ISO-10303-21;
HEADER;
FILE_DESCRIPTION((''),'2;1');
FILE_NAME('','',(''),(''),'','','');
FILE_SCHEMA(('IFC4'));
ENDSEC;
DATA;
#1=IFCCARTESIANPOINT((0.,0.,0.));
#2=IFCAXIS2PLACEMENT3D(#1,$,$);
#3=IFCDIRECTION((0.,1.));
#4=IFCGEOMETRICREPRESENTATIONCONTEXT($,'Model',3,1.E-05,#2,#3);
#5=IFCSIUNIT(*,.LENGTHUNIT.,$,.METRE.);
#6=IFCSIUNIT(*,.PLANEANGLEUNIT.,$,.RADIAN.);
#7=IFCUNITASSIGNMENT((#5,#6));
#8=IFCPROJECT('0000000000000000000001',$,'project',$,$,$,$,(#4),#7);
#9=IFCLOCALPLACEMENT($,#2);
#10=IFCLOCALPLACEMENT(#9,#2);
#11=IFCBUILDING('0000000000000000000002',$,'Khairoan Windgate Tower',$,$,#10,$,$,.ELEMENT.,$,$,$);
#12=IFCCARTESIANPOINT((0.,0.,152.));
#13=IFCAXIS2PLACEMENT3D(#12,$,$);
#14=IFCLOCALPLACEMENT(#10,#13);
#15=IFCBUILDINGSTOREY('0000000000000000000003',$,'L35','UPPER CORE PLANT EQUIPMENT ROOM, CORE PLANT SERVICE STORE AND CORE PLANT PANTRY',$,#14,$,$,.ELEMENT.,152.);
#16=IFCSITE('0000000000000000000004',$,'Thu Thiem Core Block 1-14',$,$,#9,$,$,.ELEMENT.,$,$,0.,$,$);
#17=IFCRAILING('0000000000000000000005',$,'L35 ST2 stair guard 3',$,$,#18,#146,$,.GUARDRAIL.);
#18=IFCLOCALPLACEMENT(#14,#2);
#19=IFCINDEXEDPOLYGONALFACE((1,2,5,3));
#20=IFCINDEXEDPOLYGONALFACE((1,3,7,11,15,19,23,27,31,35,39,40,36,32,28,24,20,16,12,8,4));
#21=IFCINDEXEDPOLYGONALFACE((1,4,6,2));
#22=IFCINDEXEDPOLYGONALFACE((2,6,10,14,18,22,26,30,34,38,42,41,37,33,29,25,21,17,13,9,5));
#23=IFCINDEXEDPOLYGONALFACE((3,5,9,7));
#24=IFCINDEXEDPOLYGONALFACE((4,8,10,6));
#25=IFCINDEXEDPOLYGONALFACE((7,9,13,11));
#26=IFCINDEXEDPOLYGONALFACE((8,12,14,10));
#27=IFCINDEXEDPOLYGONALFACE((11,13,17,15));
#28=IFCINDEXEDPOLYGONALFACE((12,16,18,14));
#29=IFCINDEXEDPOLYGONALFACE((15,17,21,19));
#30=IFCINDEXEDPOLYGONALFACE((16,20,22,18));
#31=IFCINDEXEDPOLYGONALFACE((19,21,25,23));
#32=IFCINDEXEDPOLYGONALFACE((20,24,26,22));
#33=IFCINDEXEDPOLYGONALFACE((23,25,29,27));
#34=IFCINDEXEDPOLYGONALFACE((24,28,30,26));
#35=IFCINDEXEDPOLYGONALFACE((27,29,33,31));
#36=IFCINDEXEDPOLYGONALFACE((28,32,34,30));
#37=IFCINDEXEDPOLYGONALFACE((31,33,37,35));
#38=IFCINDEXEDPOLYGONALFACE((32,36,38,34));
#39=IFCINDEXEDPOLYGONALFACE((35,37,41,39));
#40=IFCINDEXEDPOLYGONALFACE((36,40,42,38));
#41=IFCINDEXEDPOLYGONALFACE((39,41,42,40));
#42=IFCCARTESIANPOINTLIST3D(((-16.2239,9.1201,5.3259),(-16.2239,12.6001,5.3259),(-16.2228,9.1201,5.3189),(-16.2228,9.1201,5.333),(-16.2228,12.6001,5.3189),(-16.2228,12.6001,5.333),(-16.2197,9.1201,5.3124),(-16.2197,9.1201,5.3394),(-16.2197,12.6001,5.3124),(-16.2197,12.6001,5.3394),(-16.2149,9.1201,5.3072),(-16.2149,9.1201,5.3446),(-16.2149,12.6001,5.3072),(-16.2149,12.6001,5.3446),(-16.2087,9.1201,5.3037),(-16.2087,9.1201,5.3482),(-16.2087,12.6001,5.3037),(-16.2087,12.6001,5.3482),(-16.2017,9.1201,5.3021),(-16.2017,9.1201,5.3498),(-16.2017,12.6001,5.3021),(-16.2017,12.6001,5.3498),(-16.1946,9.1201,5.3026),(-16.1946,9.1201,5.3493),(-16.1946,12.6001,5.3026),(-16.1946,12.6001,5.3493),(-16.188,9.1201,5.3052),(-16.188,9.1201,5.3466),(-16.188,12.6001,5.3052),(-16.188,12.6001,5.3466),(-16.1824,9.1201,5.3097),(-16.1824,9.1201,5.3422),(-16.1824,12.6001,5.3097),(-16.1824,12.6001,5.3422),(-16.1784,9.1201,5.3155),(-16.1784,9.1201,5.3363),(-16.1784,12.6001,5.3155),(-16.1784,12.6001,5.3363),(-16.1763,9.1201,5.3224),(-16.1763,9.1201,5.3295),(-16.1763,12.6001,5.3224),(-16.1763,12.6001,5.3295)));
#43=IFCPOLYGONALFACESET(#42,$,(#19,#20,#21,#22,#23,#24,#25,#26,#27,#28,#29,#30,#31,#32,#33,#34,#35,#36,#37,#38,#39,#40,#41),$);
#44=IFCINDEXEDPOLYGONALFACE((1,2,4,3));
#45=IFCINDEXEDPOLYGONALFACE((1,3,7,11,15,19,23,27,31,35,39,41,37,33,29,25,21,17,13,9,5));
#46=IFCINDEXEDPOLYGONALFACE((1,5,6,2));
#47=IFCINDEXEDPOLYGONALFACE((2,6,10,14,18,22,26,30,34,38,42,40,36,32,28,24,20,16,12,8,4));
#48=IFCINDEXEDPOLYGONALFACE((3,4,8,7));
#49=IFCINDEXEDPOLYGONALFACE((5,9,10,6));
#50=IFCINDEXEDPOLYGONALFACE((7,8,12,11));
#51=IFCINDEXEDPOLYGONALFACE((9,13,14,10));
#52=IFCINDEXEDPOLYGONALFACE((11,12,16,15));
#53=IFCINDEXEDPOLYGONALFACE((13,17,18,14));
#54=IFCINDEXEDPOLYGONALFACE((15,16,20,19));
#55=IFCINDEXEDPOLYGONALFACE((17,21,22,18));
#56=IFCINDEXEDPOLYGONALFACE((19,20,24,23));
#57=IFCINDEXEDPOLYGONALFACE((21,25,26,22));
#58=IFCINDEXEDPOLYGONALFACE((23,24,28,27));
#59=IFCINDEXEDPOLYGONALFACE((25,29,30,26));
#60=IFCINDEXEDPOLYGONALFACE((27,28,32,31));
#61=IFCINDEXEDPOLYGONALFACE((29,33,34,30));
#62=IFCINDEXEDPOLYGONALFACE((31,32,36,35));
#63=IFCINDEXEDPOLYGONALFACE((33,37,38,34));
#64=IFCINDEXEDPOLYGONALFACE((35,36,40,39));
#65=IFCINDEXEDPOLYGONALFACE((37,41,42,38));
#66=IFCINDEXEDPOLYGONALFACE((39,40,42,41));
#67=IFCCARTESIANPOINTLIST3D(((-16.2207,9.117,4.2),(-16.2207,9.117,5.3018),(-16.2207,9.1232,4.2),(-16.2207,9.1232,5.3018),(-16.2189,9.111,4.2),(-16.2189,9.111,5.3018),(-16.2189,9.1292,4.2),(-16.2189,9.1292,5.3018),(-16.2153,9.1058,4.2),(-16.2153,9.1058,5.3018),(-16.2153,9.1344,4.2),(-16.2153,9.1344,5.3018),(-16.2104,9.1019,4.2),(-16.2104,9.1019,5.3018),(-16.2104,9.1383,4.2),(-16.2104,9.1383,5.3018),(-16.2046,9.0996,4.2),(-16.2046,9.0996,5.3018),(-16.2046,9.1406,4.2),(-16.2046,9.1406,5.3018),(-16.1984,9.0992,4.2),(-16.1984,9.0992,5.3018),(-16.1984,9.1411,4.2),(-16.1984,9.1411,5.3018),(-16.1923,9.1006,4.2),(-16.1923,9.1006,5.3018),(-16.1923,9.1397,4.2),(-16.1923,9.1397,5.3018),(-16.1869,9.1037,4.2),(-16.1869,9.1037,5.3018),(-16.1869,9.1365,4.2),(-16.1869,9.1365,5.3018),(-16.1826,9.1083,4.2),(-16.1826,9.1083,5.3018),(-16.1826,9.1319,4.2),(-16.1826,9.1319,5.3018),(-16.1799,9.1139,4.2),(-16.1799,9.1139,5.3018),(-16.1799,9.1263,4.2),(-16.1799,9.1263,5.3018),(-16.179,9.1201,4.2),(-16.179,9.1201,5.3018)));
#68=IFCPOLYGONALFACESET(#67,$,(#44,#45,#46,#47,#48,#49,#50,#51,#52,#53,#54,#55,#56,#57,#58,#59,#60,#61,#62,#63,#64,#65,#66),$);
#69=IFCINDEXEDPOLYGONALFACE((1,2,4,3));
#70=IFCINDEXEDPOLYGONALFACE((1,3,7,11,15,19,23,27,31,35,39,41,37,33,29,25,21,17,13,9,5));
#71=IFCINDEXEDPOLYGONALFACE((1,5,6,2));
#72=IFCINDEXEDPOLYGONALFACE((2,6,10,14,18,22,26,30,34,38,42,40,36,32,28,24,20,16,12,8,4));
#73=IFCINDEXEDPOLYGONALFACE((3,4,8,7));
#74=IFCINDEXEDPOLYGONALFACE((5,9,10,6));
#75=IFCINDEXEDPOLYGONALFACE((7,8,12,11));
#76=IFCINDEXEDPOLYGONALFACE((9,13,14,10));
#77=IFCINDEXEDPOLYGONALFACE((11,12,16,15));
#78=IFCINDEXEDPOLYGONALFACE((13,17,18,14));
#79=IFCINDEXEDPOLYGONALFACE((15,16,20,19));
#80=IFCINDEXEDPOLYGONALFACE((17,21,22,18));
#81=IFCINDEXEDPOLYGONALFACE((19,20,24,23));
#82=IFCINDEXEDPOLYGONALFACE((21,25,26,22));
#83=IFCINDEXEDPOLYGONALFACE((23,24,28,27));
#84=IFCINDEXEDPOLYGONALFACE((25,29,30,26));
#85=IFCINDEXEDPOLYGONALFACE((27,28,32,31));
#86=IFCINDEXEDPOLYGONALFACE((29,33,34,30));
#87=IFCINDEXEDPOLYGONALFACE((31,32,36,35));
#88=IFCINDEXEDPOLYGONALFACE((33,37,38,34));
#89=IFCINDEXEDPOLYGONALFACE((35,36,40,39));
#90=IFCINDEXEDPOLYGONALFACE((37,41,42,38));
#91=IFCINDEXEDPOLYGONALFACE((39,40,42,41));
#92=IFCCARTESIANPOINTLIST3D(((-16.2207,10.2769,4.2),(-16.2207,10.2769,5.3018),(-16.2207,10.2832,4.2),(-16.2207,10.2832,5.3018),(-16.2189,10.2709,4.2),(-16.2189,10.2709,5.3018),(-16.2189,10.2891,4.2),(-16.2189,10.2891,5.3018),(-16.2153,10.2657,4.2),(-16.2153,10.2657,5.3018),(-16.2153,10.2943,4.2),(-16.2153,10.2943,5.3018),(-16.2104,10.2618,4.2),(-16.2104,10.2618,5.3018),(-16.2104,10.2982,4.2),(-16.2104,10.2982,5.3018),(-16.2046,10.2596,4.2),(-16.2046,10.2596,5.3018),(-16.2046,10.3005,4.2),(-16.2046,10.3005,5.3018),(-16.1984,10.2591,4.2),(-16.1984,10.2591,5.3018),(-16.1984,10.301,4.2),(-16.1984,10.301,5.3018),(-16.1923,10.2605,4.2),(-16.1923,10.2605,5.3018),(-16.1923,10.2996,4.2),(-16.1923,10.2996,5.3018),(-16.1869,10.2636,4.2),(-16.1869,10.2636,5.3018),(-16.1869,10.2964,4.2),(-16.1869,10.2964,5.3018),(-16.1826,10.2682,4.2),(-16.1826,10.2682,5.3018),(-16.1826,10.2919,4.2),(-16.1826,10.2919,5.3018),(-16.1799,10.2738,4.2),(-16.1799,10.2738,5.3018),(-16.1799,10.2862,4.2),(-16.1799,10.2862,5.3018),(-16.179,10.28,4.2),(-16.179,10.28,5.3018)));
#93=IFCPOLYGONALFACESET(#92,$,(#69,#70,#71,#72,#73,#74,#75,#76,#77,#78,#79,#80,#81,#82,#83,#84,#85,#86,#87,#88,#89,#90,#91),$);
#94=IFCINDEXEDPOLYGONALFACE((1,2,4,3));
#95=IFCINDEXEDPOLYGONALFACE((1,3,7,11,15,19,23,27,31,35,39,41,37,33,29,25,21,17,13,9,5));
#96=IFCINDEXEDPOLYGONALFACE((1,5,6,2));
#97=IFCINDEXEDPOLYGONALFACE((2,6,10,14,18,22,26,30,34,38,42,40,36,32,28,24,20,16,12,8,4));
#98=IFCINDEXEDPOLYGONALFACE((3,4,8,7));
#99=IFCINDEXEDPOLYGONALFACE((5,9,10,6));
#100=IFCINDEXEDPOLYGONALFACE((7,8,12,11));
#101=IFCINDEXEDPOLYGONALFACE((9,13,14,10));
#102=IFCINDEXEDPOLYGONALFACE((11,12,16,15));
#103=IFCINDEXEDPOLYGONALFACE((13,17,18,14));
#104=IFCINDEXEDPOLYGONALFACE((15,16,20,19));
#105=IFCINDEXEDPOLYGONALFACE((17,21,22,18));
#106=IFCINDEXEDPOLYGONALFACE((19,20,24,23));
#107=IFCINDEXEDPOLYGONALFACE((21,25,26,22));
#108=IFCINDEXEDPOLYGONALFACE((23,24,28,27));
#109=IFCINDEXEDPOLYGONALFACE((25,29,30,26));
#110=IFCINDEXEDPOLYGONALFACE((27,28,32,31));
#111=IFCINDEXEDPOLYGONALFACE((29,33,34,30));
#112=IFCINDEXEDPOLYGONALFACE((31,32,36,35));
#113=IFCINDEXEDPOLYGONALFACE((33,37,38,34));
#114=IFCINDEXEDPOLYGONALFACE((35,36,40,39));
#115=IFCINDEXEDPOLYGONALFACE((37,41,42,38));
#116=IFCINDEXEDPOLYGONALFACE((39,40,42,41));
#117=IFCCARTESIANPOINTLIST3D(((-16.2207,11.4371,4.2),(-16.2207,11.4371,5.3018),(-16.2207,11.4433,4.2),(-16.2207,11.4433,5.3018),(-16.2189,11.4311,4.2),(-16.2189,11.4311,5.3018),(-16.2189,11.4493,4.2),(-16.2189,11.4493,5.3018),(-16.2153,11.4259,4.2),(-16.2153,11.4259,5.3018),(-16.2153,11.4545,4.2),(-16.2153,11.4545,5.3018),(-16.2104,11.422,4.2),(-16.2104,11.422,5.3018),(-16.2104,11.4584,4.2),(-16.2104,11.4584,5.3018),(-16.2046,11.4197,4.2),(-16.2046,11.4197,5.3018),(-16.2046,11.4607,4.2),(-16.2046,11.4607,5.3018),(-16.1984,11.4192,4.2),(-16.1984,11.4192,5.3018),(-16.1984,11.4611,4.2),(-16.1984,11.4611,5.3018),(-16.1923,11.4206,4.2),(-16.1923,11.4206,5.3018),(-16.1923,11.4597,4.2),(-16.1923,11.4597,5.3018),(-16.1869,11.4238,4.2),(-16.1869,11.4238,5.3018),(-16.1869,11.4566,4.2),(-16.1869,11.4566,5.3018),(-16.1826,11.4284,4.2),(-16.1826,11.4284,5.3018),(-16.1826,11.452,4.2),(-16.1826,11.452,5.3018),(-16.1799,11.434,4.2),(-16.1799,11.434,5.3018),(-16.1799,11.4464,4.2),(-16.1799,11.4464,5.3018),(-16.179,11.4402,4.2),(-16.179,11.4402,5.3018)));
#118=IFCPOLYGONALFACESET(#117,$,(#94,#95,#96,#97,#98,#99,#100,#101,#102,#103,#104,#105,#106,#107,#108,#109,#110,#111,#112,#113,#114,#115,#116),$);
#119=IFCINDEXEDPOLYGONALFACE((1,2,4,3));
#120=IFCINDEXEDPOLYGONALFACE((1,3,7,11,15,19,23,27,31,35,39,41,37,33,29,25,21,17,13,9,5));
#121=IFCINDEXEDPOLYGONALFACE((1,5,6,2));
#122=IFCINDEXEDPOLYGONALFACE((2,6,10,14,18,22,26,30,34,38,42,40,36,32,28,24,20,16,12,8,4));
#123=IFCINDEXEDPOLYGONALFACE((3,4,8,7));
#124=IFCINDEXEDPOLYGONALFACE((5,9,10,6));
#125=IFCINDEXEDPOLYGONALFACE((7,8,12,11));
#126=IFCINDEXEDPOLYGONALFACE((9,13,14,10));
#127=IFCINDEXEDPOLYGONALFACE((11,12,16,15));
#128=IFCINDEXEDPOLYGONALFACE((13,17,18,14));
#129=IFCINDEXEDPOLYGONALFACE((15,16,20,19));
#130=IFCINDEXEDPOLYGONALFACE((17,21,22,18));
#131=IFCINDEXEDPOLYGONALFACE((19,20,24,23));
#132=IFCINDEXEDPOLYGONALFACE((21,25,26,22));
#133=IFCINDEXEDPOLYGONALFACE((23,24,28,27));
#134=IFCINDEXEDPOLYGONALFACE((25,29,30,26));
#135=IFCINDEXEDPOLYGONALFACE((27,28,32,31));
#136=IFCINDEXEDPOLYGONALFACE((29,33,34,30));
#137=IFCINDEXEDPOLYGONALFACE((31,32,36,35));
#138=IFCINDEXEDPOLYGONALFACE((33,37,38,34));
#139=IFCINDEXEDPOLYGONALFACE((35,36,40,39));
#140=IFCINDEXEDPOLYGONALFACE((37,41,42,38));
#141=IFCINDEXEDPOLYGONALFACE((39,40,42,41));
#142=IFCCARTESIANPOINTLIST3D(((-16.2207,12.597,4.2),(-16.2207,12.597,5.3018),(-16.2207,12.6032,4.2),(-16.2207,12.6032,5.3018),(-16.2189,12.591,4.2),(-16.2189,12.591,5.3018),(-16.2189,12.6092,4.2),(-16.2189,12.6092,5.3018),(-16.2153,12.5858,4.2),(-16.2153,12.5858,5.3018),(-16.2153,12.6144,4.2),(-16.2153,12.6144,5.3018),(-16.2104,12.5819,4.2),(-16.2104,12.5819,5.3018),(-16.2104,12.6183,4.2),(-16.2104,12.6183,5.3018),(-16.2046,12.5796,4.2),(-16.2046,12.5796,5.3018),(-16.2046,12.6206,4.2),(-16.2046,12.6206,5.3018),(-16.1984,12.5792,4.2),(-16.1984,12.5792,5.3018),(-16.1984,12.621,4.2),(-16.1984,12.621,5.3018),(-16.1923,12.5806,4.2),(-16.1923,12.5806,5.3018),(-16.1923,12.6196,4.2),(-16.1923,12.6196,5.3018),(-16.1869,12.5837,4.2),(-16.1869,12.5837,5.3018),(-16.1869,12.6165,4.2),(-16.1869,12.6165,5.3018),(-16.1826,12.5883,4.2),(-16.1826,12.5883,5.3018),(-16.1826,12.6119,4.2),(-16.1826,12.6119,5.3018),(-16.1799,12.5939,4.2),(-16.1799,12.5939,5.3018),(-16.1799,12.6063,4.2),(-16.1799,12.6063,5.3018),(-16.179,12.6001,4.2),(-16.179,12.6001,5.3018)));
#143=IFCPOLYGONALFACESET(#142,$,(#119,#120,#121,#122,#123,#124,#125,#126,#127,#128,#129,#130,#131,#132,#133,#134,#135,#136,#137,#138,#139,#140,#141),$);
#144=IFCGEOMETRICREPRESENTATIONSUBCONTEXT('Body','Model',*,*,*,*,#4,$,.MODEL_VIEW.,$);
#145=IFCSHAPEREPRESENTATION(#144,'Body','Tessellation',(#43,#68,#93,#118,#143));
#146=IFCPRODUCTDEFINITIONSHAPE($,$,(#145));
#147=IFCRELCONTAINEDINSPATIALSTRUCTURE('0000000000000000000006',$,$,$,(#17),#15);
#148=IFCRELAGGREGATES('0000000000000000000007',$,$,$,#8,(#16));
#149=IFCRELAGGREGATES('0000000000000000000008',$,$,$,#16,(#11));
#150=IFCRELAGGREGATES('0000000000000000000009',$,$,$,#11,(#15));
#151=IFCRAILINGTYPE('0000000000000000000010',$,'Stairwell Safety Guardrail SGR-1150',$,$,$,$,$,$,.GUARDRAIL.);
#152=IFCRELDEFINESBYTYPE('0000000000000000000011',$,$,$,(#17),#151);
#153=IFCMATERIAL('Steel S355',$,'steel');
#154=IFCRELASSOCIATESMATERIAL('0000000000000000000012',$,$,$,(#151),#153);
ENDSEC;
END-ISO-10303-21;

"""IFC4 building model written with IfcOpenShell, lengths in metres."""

from ifc_helpers import new_model, si_unit, direction, frame, origin, origin_2d, place, context, subcontext, project, spatial, circle, extrude, material, type_object, element, save


model = new_model("IFC4")

# Units and contexts
model_context = context("Model", 3, precision=1e-05, world=origin(), true_north=direction((0.0, 1.0)))
body_context = subcontext(model_context, "Body", "Model", "MODEL_VIEW")
ifc_project = project(units=[si_unit("LENGTHUNIT", "METRE"), si_unit("PLANEANGLEUNIT", "RADIAN")], contexts=[model_context])

# Site, building, storey
site_placement = place(None, origin())
site = spatial("IfcSite", under=ifc_project, at=site_placement, Name="Thu Thiem Core Block 1-14", CompositionType="ELEMENT", RefElevation=0.0)
building_placement = place(site_placement, origin())
building = spatial("IfcBuilding", under=site, at=building_placement, Name="Khairoan Windgate Tower", CompositionType="ELEMENT")
storey_placement = place(building_placement, frame((0.0, 0.0, 152.0)))
storey = spatial("IfcBuildingStorey", under=building, at=storey_placement, Name="L35", Description="UPPER CORE PLANT EQUIPMENT ROOM, CORE PLANT SERVICE STORE AND CORE PLANT PANTRY", CompositionType="ELEMENT", Elevation=152.0)

# Railing
ifc_material_1 = material(Name="Steel S355", Category="steel")
railing_type_1 = type_object("IfcRailingType", Name="Stairwell Safety Guardrail SGR-1150", PredefinedType="GUARDRAIL", material=ifc_material_1)
for number, where, name in (
    (1, (-16.2, 9.1201, 4.2), "L35 ST2 stair guard 3"),
):
    element("IfcRailing", number, at=place(storey_placement, frame(where)), inside=storey, type_object=railing_type_1, Name=name, PredefinedType="GUARDRAIL", context=body_context, shape_type="SweptSolid", body=[
        extrude(circle(Radius=0.0239, at=origin_2d()), frame((0.0, 0.0, 1.126), z_axis=(0.0, 1.0, 0.0), x_axis=(-1.0, 0.0, 0.0)), (0.0, 0.0, 1.0), 3.48),
        extrude(circle(Radius=0.021, at=origin_2d()), origin(), (0.0, 0.0, 1.0), 1.1018),
        extrude(circle(Radius=0.021, at=origin_2d()), frame((0.0, 1.1599, 0.0)), (0.0, 0.0, 1.0), 1.1018),
        extrude(circle(Radius=0.021, at=origin_2d()), frame((0.0, 2.3201, 0.0)), (0.0, 0.0, 1.0), 1.1018),
        extrude(circle(Radius=0.021, at=origin_2d()), frame((0.0, 3.48, 0.0)), (0.0, 0.0, 1.0), 1.1018),
    ])

save(model, "model.ifc")
